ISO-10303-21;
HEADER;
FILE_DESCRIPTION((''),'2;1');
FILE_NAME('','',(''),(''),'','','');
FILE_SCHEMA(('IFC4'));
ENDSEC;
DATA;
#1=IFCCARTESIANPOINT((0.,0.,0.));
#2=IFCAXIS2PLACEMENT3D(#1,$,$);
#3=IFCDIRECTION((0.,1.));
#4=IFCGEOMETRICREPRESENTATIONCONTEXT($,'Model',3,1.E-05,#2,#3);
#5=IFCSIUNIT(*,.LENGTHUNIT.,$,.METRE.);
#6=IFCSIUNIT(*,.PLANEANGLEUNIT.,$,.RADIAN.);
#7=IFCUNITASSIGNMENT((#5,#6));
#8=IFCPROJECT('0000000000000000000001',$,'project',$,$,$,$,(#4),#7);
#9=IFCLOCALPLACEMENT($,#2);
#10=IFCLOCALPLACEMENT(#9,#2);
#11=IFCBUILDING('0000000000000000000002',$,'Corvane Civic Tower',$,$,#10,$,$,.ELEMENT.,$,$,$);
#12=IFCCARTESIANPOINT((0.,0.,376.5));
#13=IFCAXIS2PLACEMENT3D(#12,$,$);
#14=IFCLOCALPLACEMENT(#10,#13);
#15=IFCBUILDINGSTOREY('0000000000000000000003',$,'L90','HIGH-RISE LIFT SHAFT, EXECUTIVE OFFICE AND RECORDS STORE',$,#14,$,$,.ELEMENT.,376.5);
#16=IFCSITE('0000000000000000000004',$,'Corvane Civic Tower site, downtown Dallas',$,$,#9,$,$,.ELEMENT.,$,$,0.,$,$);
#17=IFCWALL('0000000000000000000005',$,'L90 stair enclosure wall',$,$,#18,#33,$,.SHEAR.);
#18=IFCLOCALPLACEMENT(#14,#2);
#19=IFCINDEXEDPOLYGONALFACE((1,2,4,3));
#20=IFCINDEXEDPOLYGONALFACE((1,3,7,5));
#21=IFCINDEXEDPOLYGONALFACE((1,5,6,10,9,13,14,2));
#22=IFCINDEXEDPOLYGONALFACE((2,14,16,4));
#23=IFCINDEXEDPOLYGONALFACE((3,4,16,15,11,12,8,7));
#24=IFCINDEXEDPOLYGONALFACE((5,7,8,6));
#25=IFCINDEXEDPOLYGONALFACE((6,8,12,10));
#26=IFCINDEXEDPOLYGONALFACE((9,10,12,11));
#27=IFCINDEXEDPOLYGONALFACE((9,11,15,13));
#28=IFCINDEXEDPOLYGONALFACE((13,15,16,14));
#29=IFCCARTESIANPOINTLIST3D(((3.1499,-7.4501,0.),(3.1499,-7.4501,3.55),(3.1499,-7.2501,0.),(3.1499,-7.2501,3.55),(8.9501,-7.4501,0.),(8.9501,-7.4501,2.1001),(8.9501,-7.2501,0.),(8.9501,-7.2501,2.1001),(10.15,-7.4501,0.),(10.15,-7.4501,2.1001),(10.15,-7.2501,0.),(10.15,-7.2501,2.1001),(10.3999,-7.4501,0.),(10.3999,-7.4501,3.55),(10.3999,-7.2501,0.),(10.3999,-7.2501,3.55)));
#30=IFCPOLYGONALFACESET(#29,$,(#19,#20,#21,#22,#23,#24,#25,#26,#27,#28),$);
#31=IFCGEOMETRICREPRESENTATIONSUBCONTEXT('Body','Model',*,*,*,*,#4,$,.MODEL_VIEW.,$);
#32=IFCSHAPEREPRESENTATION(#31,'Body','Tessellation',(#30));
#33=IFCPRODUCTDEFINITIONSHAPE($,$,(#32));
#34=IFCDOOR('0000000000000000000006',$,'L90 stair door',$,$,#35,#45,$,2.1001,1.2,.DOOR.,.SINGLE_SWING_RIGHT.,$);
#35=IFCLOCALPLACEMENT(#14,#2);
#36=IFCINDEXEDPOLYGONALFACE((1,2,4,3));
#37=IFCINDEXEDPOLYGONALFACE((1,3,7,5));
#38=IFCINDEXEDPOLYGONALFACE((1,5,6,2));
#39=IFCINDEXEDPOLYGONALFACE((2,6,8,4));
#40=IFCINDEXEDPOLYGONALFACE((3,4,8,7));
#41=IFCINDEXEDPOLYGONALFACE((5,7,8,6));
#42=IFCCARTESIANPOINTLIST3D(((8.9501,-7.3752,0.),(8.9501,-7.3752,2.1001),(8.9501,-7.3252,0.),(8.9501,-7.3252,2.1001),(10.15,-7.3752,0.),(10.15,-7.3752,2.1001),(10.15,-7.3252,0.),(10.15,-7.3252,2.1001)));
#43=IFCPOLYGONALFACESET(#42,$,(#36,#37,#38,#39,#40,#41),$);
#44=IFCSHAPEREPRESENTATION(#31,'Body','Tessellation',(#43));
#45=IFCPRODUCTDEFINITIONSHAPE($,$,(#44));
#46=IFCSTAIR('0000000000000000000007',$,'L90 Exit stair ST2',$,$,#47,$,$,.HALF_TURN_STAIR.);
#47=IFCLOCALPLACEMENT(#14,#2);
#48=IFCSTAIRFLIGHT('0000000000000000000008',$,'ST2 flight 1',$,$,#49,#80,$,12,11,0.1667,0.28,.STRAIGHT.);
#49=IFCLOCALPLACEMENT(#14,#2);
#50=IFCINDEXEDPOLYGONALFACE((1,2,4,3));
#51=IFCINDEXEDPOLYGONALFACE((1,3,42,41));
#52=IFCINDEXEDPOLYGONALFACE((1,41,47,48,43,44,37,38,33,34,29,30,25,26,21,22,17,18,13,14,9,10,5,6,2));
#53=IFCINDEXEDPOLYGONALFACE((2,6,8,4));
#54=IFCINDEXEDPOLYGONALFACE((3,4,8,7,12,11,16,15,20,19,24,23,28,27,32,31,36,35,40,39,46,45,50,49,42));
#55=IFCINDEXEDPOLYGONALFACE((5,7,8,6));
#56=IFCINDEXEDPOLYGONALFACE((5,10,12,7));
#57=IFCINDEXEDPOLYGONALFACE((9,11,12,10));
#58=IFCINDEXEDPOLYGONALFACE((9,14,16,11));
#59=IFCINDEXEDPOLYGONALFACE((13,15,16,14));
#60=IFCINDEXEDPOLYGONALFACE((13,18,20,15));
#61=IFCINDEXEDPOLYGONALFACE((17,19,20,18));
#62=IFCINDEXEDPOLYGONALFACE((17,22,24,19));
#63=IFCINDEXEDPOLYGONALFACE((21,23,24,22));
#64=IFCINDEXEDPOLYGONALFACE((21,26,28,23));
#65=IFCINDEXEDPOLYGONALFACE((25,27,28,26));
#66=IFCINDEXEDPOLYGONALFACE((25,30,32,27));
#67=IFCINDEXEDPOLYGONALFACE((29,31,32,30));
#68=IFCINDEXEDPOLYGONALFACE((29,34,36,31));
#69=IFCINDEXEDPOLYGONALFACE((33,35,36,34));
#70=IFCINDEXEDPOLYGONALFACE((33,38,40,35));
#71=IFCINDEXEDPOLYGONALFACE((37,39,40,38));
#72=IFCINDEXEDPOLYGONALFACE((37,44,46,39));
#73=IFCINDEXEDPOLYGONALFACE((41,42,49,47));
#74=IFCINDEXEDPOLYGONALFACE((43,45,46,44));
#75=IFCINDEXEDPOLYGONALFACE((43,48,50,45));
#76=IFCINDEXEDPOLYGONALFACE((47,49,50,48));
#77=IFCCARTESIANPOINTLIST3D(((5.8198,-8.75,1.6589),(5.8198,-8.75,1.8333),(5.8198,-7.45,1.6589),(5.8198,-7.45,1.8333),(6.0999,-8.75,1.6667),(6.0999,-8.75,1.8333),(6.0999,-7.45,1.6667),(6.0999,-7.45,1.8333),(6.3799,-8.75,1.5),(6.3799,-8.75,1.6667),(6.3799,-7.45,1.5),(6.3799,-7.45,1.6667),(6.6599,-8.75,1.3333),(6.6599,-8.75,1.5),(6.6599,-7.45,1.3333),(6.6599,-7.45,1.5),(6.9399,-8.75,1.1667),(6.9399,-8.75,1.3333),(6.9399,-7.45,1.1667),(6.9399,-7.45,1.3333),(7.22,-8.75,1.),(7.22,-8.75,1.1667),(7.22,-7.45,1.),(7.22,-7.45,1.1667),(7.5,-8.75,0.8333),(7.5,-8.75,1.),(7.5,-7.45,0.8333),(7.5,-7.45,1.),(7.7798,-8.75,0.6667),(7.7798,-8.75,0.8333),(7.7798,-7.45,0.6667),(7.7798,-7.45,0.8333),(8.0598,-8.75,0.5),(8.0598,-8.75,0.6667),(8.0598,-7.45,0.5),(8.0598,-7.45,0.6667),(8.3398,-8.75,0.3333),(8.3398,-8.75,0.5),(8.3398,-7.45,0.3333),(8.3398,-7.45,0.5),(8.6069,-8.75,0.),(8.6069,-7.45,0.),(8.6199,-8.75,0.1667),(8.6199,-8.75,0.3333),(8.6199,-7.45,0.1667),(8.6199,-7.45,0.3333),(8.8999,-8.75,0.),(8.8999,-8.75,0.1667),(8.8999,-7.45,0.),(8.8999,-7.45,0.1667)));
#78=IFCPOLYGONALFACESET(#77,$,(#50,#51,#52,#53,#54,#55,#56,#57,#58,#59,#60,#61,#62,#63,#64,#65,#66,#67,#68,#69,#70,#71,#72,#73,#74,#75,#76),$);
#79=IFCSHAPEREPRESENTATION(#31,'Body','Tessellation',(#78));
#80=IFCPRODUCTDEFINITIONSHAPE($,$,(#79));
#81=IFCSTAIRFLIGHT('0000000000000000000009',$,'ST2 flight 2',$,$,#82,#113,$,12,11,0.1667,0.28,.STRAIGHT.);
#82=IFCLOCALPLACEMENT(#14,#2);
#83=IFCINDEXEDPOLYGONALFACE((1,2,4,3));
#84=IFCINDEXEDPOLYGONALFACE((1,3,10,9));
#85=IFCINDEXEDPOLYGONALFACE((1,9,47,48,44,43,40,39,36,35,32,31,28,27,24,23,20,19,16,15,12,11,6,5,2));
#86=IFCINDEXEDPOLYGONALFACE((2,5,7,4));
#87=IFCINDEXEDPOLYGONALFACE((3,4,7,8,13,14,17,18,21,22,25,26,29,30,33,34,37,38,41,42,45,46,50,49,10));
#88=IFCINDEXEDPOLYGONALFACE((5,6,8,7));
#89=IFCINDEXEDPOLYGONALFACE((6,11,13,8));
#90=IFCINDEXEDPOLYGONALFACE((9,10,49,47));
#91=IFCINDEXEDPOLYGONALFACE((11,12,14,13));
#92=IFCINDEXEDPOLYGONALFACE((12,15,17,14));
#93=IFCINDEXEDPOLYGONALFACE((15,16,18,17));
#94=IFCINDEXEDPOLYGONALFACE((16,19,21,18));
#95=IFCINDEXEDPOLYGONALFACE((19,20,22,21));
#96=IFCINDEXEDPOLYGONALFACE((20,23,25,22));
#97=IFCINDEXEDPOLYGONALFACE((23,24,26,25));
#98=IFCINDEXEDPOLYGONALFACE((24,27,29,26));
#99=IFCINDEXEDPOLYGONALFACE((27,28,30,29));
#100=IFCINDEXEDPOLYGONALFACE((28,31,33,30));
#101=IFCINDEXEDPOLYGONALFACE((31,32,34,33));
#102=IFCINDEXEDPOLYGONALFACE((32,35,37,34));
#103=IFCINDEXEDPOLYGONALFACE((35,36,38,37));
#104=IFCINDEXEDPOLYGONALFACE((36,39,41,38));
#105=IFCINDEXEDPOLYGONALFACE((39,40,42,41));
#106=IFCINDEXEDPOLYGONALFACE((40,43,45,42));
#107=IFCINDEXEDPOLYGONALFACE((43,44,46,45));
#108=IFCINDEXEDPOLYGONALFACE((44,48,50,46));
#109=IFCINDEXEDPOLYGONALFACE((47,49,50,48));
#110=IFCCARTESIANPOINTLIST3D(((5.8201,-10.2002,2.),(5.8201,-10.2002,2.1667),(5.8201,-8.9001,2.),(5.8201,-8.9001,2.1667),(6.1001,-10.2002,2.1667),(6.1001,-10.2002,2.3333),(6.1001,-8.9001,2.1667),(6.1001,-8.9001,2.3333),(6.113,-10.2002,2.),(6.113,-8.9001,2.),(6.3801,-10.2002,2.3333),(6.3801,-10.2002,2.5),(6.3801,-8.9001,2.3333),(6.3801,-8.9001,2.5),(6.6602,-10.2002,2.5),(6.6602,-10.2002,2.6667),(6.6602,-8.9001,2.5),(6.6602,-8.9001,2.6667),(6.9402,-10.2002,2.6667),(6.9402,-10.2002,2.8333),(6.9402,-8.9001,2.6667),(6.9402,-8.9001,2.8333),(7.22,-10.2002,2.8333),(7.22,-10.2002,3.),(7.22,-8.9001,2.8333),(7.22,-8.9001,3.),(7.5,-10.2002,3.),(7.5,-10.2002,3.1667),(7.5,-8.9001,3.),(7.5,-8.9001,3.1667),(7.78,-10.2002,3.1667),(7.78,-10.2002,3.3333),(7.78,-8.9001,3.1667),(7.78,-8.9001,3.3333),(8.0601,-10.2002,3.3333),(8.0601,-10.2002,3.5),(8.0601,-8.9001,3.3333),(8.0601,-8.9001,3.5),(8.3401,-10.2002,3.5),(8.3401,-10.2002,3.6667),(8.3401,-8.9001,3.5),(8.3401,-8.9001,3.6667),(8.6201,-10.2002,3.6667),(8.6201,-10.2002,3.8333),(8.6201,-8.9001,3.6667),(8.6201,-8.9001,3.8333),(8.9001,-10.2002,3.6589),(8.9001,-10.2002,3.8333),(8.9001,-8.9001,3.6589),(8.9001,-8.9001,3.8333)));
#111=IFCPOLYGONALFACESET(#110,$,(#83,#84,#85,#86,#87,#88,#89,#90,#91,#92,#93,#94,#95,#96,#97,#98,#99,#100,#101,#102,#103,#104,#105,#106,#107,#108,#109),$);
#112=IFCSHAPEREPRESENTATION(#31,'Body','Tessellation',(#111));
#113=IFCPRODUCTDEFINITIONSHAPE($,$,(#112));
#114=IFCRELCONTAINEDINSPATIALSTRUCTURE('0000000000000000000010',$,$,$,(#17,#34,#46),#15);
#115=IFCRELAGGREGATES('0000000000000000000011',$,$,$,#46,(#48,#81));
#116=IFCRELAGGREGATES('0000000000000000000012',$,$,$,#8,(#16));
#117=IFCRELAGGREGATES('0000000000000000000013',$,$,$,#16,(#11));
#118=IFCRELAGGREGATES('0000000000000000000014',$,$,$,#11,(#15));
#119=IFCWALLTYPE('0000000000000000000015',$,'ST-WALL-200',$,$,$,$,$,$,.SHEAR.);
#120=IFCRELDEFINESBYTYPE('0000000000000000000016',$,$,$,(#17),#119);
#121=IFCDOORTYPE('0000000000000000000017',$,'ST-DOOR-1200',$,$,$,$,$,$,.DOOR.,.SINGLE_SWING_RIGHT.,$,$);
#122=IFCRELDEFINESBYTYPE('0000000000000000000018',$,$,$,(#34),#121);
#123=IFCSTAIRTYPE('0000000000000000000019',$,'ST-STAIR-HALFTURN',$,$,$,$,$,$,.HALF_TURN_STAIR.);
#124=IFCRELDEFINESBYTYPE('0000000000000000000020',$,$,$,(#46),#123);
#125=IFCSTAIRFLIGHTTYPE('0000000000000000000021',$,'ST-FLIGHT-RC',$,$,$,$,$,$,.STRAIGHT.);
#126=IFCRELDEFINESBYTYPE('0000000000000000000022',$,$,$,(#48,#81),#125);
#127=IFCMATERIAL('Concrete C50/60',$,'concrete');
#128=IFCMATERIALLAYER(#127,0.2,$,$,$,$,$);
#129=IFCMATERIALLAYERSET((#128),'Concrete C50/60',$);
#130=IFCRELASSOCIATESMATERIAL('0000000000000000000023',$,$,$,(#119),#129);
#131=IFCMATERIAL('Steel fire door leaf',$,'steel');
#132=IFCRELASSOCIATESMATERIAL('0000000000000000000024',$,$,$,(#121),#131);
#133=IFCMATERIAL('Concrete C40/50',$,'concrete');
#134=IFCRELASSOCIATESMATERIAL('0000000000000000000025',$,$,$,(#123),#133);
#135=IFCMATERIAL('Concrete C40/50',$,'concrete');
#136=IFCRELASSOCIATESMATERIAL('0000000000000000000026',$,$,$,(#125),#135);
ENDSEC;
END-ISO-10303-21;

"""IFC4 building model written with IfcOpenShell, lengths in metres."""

from ifc_helpers import new_model, si_unit, direction, frame, frame_2d, origin, place, context, subcontext, project, spatial, polyline, rectangle, outline, extrude, material, layer, layer_set, type_object, element, fill, aggregate, save


model = new_model("IFC4")

# Units and contexts
model_context = context("Model", 3, precision=1e-05, world=origin(), true_north=direction((0.0, 1.0)))
body_context = subcontext(model_context, "Body", "Model", "MODEL_VIEW")
ifc_project = project(units=[si_unit("LENGTHUNIT", "METRE"), si_unit("PLANEANGLEUNIT", "RADIAN")], contexts=[model_context])

# Site, building, storey
site_placement = place(None, origin())
site = spatial("IfcSite", under=ifc_project, at=site_placement, Name="Corvane Civic Tower site, downtown Dallas", CompositionType="ELEMENT", RefElevation=0.0)
building_placement = place(site_placement, origin())
building = spatial("IfcBuilding", under=site, at=building_placement, Name="Corvane Civic Tower", CompositionType="ELEMENT")
storey_placement = place(building_placement, frame((0.0, 0.0, 376.5)))
storey = spatial("IfcBuildingStorey", under=building, at=storey_placement, Name="L90", Description="HIGH-RISE LIFT SHAFT, EXECUTIVE OFFICE AND RECORDS STORE", CompositionType="ELEMENT", Elevation=376.5)

# Wall, opening, door
ifc_material_1 = material(Name="Concrete C50/60", Category="concrete")
ifc_layer_1 = layer(ifc_material_1, 0.2)
ifc_layer_set_1 = layer_set([ifc_layer_1], Name="Concrete C50/60")
wall_type_1 = type_object("IfcWallType", Name="ST-WALL-200", PredefinedType="SHEAR", material=ifc_layer_set_1)
wall_1_placement = place(storey_placement, frame((3.1499, -7.3501, 0.0), z_axis=(0.0, 0.0, 1.0), x_axis=(1.0, 0.0, 0.0)))
wall_1 = element("IfcWall", 1, at=wall_1_placement, inside=storey, type_object=wall_type_1, Name="L90 stair enclosure wall", PredefinedType="SHEAR", context=body_context, shape_type="SweptSolid", body=[
    extrude(rectangle(XDim=7.25, YDim=0.2, at=frame_2d((3.625, 0.0))), origin(), (0.0, 0.0, 1.0), 3.55),
])
opening_1_placement = place(wall_1_placement, frame((5.8, 0.0, 0.0)))
opening_1 = element("IfcOpeningElement", 2, at=opening_1_placement, cuts=wall_1, PredefinedType="OPENING", context=body_context, shape_type="SweptSolid", body=[
    extrude(rectangle(XDim=1.2, YDim=2.1001, at=frame_2d((0.6001, 1.05))), frame((0.0, 0.1099, 0.0), z_axis=(0.0, -1.0, 0.0), x_axis=(1.0, 0.0, 0.0)), (0.0, 0.0, 1.0), 0.22),
])
ifc_material_2 = material(Name="Steel fire door leaf", Category="steel")
door_type_1 = type_object("IfcDoorType", Name="ST-DOOR-1200", OperationType="SINGLE_SWING_RIGHT", PredefinedType="DOOR", material=ifc_material_2)
door_1_placement = place(opening_1_placement, origin())
door_1 = element("IfcDoor", 3, at=door_1_placement, inside=storey, type_object=door_type_1, Name="L90 stair door", OperationType="SINGLE_SWING_RIGHT", OverallHeight=2.1001, OverallWidth=1.2, PredefinedType="DOOR", context=body_context, shape_type="SweptSolid", body=[
    extrude(rectangle(XDim=1.2, YDim=2.1001, at=frame_2d((0.6001, 1.05))), frame((0.0, 0.0249, 0.0), z_axis=(0.0, -1.0, 0.0), x_axis=(1.0, 0.0, 0.0)), (0.0, 0.0, 1.0), 0.05),
])
fill(opening_1, door_1)

# Stair, stair flights
ifc_material_3 = material(Name="Concrete C40/50", Category="concrete")
stair_type = type_object("IfcStairType", Name="ST-STAIR-HALFTURN", PredefinedType="HALF_TURN_STAIR", material=ifc_material_3)
stair_placement = place(storey_placement, origin())
stair = element("IfcStair", 4, at=stair_placement, inside=storey, type_object=stair_type, Name="L90 Exit stair ST2", PredefinedType="HALF_TURN_STAIR")
ifc_material_4 = material(Name="Concrete C40/50", Category="concrete")
stair_flight_type = type_object("IfcStairFlightType", Name="ST-FLIGHT-RC", PredefinedType="STRAIGHT", material=ifc_material_4)
stair_flight_1_placement = place(storey_placement, frame((8.8999, -8.1001, 0.0), z_axis=(0.0, 0.0, 1.0), x_axis=(-1.0, 0.0, 0.0)))
stair_flight_1 = element("IfcStairFlight", 5, at=stair_flight_1_placement, type_object=stair_flight_type, Name="ST2 flight 1", NumberOfRisers=12, NumberOfTreads=11, PredefinedType="STRAIGHT", RiserHeight=0.1667, TreadLength=0.28, context=body_context, shape_type="SweptSolid", body=[
    extrude(outline(polyline([(0.0, 0.0), (0.0, 0.1667), (0.28, 0.1667), (0.28, 0.3333), (0.5601, 0.3333), (0.5601, 0.5), (0.8401, 0.5), (0.8401, 0.6667), (1.1201, 0.6667), (1.1201, 0.8333), (1.3999, 0.8333), (1.3999, 1.0), (1.6799, 1.0), (1.6799, 1.1667), (1.96, 1.1667), (1.96, 1.3333), (2.24, 1.3333), (2.24, 1.5), (2.52, 1.5), (2.52, 1.6667), (2.8, 1.6667), (2.8, 1.8333), (3.0801, 1.8333), (3.0801, 2.0), (3.0801, 1.6589), (0.293, 0.0), (0.0, 0.0)])), frame((0.0, 0.6499, 0.0), z_axis=(0.0, -1.0, 0.0), x_axis=(1.0, 0.0, 0.0)), (0.0, 0.0, 1.0), 1.3),
])
stair_flight_2_placement = place(storey_placement, frame((5.8201, -9.55, 2.0), z_axis=(0.0, 0.0, 1.0), x_axis=(1.0, 0.0, 0.0)))
stair_flight_2 = element("IfcStairFlight", 6, at=stair_flight_2_placement, type_object=stair_flight_type, Name="ST2 flight 2", NumberOfRisers=12, NumberOfTreads=11, PredefinedType="STRAIGHT", RiserHeight=0.1667, TreadLength=0.28, context=body_context, shape_type="SweptSolid", body=[
    extrude(outline(polyline([(0.0, 0.0), (0.0, 0.1667), (0.28, 0.1667), (0.28, 0.3333), (0.5601, 0.3333), (0.5601, 0.5), (0.8401, 0.5), (0.8401, 0.6667), (1.1201, 0.6667), (1.1201, 0.8333), (1.3999, 0.8333), (1.3999, 1.0), (1.6799, 1.0), (1.6799, 1.1667), (1.96, 1.1667), (1.96, 1.3333), (2.24, 1.3333), (2.24, 1.5), (2.52, 1.5), (2.52, 1.6667), (2.8, 1.6667), (2.8, 1.8333), (3.0801, 1.8333), (3.0801, 2.0), (3.0801, 1.6589), (0.293, 0.0), (0.0, 0.0)])), frame((0.0, 0.6499, 0.0), z_axis=(0.0, -1.0, 0.0), x_axis=(1.0, 0.0, 0.0)), (0.0, 0.0, 1.0), 1.3),
])
aggregate(stair, [stair_flight_1, stair_flight_2])

save(model, "model.ifc")
